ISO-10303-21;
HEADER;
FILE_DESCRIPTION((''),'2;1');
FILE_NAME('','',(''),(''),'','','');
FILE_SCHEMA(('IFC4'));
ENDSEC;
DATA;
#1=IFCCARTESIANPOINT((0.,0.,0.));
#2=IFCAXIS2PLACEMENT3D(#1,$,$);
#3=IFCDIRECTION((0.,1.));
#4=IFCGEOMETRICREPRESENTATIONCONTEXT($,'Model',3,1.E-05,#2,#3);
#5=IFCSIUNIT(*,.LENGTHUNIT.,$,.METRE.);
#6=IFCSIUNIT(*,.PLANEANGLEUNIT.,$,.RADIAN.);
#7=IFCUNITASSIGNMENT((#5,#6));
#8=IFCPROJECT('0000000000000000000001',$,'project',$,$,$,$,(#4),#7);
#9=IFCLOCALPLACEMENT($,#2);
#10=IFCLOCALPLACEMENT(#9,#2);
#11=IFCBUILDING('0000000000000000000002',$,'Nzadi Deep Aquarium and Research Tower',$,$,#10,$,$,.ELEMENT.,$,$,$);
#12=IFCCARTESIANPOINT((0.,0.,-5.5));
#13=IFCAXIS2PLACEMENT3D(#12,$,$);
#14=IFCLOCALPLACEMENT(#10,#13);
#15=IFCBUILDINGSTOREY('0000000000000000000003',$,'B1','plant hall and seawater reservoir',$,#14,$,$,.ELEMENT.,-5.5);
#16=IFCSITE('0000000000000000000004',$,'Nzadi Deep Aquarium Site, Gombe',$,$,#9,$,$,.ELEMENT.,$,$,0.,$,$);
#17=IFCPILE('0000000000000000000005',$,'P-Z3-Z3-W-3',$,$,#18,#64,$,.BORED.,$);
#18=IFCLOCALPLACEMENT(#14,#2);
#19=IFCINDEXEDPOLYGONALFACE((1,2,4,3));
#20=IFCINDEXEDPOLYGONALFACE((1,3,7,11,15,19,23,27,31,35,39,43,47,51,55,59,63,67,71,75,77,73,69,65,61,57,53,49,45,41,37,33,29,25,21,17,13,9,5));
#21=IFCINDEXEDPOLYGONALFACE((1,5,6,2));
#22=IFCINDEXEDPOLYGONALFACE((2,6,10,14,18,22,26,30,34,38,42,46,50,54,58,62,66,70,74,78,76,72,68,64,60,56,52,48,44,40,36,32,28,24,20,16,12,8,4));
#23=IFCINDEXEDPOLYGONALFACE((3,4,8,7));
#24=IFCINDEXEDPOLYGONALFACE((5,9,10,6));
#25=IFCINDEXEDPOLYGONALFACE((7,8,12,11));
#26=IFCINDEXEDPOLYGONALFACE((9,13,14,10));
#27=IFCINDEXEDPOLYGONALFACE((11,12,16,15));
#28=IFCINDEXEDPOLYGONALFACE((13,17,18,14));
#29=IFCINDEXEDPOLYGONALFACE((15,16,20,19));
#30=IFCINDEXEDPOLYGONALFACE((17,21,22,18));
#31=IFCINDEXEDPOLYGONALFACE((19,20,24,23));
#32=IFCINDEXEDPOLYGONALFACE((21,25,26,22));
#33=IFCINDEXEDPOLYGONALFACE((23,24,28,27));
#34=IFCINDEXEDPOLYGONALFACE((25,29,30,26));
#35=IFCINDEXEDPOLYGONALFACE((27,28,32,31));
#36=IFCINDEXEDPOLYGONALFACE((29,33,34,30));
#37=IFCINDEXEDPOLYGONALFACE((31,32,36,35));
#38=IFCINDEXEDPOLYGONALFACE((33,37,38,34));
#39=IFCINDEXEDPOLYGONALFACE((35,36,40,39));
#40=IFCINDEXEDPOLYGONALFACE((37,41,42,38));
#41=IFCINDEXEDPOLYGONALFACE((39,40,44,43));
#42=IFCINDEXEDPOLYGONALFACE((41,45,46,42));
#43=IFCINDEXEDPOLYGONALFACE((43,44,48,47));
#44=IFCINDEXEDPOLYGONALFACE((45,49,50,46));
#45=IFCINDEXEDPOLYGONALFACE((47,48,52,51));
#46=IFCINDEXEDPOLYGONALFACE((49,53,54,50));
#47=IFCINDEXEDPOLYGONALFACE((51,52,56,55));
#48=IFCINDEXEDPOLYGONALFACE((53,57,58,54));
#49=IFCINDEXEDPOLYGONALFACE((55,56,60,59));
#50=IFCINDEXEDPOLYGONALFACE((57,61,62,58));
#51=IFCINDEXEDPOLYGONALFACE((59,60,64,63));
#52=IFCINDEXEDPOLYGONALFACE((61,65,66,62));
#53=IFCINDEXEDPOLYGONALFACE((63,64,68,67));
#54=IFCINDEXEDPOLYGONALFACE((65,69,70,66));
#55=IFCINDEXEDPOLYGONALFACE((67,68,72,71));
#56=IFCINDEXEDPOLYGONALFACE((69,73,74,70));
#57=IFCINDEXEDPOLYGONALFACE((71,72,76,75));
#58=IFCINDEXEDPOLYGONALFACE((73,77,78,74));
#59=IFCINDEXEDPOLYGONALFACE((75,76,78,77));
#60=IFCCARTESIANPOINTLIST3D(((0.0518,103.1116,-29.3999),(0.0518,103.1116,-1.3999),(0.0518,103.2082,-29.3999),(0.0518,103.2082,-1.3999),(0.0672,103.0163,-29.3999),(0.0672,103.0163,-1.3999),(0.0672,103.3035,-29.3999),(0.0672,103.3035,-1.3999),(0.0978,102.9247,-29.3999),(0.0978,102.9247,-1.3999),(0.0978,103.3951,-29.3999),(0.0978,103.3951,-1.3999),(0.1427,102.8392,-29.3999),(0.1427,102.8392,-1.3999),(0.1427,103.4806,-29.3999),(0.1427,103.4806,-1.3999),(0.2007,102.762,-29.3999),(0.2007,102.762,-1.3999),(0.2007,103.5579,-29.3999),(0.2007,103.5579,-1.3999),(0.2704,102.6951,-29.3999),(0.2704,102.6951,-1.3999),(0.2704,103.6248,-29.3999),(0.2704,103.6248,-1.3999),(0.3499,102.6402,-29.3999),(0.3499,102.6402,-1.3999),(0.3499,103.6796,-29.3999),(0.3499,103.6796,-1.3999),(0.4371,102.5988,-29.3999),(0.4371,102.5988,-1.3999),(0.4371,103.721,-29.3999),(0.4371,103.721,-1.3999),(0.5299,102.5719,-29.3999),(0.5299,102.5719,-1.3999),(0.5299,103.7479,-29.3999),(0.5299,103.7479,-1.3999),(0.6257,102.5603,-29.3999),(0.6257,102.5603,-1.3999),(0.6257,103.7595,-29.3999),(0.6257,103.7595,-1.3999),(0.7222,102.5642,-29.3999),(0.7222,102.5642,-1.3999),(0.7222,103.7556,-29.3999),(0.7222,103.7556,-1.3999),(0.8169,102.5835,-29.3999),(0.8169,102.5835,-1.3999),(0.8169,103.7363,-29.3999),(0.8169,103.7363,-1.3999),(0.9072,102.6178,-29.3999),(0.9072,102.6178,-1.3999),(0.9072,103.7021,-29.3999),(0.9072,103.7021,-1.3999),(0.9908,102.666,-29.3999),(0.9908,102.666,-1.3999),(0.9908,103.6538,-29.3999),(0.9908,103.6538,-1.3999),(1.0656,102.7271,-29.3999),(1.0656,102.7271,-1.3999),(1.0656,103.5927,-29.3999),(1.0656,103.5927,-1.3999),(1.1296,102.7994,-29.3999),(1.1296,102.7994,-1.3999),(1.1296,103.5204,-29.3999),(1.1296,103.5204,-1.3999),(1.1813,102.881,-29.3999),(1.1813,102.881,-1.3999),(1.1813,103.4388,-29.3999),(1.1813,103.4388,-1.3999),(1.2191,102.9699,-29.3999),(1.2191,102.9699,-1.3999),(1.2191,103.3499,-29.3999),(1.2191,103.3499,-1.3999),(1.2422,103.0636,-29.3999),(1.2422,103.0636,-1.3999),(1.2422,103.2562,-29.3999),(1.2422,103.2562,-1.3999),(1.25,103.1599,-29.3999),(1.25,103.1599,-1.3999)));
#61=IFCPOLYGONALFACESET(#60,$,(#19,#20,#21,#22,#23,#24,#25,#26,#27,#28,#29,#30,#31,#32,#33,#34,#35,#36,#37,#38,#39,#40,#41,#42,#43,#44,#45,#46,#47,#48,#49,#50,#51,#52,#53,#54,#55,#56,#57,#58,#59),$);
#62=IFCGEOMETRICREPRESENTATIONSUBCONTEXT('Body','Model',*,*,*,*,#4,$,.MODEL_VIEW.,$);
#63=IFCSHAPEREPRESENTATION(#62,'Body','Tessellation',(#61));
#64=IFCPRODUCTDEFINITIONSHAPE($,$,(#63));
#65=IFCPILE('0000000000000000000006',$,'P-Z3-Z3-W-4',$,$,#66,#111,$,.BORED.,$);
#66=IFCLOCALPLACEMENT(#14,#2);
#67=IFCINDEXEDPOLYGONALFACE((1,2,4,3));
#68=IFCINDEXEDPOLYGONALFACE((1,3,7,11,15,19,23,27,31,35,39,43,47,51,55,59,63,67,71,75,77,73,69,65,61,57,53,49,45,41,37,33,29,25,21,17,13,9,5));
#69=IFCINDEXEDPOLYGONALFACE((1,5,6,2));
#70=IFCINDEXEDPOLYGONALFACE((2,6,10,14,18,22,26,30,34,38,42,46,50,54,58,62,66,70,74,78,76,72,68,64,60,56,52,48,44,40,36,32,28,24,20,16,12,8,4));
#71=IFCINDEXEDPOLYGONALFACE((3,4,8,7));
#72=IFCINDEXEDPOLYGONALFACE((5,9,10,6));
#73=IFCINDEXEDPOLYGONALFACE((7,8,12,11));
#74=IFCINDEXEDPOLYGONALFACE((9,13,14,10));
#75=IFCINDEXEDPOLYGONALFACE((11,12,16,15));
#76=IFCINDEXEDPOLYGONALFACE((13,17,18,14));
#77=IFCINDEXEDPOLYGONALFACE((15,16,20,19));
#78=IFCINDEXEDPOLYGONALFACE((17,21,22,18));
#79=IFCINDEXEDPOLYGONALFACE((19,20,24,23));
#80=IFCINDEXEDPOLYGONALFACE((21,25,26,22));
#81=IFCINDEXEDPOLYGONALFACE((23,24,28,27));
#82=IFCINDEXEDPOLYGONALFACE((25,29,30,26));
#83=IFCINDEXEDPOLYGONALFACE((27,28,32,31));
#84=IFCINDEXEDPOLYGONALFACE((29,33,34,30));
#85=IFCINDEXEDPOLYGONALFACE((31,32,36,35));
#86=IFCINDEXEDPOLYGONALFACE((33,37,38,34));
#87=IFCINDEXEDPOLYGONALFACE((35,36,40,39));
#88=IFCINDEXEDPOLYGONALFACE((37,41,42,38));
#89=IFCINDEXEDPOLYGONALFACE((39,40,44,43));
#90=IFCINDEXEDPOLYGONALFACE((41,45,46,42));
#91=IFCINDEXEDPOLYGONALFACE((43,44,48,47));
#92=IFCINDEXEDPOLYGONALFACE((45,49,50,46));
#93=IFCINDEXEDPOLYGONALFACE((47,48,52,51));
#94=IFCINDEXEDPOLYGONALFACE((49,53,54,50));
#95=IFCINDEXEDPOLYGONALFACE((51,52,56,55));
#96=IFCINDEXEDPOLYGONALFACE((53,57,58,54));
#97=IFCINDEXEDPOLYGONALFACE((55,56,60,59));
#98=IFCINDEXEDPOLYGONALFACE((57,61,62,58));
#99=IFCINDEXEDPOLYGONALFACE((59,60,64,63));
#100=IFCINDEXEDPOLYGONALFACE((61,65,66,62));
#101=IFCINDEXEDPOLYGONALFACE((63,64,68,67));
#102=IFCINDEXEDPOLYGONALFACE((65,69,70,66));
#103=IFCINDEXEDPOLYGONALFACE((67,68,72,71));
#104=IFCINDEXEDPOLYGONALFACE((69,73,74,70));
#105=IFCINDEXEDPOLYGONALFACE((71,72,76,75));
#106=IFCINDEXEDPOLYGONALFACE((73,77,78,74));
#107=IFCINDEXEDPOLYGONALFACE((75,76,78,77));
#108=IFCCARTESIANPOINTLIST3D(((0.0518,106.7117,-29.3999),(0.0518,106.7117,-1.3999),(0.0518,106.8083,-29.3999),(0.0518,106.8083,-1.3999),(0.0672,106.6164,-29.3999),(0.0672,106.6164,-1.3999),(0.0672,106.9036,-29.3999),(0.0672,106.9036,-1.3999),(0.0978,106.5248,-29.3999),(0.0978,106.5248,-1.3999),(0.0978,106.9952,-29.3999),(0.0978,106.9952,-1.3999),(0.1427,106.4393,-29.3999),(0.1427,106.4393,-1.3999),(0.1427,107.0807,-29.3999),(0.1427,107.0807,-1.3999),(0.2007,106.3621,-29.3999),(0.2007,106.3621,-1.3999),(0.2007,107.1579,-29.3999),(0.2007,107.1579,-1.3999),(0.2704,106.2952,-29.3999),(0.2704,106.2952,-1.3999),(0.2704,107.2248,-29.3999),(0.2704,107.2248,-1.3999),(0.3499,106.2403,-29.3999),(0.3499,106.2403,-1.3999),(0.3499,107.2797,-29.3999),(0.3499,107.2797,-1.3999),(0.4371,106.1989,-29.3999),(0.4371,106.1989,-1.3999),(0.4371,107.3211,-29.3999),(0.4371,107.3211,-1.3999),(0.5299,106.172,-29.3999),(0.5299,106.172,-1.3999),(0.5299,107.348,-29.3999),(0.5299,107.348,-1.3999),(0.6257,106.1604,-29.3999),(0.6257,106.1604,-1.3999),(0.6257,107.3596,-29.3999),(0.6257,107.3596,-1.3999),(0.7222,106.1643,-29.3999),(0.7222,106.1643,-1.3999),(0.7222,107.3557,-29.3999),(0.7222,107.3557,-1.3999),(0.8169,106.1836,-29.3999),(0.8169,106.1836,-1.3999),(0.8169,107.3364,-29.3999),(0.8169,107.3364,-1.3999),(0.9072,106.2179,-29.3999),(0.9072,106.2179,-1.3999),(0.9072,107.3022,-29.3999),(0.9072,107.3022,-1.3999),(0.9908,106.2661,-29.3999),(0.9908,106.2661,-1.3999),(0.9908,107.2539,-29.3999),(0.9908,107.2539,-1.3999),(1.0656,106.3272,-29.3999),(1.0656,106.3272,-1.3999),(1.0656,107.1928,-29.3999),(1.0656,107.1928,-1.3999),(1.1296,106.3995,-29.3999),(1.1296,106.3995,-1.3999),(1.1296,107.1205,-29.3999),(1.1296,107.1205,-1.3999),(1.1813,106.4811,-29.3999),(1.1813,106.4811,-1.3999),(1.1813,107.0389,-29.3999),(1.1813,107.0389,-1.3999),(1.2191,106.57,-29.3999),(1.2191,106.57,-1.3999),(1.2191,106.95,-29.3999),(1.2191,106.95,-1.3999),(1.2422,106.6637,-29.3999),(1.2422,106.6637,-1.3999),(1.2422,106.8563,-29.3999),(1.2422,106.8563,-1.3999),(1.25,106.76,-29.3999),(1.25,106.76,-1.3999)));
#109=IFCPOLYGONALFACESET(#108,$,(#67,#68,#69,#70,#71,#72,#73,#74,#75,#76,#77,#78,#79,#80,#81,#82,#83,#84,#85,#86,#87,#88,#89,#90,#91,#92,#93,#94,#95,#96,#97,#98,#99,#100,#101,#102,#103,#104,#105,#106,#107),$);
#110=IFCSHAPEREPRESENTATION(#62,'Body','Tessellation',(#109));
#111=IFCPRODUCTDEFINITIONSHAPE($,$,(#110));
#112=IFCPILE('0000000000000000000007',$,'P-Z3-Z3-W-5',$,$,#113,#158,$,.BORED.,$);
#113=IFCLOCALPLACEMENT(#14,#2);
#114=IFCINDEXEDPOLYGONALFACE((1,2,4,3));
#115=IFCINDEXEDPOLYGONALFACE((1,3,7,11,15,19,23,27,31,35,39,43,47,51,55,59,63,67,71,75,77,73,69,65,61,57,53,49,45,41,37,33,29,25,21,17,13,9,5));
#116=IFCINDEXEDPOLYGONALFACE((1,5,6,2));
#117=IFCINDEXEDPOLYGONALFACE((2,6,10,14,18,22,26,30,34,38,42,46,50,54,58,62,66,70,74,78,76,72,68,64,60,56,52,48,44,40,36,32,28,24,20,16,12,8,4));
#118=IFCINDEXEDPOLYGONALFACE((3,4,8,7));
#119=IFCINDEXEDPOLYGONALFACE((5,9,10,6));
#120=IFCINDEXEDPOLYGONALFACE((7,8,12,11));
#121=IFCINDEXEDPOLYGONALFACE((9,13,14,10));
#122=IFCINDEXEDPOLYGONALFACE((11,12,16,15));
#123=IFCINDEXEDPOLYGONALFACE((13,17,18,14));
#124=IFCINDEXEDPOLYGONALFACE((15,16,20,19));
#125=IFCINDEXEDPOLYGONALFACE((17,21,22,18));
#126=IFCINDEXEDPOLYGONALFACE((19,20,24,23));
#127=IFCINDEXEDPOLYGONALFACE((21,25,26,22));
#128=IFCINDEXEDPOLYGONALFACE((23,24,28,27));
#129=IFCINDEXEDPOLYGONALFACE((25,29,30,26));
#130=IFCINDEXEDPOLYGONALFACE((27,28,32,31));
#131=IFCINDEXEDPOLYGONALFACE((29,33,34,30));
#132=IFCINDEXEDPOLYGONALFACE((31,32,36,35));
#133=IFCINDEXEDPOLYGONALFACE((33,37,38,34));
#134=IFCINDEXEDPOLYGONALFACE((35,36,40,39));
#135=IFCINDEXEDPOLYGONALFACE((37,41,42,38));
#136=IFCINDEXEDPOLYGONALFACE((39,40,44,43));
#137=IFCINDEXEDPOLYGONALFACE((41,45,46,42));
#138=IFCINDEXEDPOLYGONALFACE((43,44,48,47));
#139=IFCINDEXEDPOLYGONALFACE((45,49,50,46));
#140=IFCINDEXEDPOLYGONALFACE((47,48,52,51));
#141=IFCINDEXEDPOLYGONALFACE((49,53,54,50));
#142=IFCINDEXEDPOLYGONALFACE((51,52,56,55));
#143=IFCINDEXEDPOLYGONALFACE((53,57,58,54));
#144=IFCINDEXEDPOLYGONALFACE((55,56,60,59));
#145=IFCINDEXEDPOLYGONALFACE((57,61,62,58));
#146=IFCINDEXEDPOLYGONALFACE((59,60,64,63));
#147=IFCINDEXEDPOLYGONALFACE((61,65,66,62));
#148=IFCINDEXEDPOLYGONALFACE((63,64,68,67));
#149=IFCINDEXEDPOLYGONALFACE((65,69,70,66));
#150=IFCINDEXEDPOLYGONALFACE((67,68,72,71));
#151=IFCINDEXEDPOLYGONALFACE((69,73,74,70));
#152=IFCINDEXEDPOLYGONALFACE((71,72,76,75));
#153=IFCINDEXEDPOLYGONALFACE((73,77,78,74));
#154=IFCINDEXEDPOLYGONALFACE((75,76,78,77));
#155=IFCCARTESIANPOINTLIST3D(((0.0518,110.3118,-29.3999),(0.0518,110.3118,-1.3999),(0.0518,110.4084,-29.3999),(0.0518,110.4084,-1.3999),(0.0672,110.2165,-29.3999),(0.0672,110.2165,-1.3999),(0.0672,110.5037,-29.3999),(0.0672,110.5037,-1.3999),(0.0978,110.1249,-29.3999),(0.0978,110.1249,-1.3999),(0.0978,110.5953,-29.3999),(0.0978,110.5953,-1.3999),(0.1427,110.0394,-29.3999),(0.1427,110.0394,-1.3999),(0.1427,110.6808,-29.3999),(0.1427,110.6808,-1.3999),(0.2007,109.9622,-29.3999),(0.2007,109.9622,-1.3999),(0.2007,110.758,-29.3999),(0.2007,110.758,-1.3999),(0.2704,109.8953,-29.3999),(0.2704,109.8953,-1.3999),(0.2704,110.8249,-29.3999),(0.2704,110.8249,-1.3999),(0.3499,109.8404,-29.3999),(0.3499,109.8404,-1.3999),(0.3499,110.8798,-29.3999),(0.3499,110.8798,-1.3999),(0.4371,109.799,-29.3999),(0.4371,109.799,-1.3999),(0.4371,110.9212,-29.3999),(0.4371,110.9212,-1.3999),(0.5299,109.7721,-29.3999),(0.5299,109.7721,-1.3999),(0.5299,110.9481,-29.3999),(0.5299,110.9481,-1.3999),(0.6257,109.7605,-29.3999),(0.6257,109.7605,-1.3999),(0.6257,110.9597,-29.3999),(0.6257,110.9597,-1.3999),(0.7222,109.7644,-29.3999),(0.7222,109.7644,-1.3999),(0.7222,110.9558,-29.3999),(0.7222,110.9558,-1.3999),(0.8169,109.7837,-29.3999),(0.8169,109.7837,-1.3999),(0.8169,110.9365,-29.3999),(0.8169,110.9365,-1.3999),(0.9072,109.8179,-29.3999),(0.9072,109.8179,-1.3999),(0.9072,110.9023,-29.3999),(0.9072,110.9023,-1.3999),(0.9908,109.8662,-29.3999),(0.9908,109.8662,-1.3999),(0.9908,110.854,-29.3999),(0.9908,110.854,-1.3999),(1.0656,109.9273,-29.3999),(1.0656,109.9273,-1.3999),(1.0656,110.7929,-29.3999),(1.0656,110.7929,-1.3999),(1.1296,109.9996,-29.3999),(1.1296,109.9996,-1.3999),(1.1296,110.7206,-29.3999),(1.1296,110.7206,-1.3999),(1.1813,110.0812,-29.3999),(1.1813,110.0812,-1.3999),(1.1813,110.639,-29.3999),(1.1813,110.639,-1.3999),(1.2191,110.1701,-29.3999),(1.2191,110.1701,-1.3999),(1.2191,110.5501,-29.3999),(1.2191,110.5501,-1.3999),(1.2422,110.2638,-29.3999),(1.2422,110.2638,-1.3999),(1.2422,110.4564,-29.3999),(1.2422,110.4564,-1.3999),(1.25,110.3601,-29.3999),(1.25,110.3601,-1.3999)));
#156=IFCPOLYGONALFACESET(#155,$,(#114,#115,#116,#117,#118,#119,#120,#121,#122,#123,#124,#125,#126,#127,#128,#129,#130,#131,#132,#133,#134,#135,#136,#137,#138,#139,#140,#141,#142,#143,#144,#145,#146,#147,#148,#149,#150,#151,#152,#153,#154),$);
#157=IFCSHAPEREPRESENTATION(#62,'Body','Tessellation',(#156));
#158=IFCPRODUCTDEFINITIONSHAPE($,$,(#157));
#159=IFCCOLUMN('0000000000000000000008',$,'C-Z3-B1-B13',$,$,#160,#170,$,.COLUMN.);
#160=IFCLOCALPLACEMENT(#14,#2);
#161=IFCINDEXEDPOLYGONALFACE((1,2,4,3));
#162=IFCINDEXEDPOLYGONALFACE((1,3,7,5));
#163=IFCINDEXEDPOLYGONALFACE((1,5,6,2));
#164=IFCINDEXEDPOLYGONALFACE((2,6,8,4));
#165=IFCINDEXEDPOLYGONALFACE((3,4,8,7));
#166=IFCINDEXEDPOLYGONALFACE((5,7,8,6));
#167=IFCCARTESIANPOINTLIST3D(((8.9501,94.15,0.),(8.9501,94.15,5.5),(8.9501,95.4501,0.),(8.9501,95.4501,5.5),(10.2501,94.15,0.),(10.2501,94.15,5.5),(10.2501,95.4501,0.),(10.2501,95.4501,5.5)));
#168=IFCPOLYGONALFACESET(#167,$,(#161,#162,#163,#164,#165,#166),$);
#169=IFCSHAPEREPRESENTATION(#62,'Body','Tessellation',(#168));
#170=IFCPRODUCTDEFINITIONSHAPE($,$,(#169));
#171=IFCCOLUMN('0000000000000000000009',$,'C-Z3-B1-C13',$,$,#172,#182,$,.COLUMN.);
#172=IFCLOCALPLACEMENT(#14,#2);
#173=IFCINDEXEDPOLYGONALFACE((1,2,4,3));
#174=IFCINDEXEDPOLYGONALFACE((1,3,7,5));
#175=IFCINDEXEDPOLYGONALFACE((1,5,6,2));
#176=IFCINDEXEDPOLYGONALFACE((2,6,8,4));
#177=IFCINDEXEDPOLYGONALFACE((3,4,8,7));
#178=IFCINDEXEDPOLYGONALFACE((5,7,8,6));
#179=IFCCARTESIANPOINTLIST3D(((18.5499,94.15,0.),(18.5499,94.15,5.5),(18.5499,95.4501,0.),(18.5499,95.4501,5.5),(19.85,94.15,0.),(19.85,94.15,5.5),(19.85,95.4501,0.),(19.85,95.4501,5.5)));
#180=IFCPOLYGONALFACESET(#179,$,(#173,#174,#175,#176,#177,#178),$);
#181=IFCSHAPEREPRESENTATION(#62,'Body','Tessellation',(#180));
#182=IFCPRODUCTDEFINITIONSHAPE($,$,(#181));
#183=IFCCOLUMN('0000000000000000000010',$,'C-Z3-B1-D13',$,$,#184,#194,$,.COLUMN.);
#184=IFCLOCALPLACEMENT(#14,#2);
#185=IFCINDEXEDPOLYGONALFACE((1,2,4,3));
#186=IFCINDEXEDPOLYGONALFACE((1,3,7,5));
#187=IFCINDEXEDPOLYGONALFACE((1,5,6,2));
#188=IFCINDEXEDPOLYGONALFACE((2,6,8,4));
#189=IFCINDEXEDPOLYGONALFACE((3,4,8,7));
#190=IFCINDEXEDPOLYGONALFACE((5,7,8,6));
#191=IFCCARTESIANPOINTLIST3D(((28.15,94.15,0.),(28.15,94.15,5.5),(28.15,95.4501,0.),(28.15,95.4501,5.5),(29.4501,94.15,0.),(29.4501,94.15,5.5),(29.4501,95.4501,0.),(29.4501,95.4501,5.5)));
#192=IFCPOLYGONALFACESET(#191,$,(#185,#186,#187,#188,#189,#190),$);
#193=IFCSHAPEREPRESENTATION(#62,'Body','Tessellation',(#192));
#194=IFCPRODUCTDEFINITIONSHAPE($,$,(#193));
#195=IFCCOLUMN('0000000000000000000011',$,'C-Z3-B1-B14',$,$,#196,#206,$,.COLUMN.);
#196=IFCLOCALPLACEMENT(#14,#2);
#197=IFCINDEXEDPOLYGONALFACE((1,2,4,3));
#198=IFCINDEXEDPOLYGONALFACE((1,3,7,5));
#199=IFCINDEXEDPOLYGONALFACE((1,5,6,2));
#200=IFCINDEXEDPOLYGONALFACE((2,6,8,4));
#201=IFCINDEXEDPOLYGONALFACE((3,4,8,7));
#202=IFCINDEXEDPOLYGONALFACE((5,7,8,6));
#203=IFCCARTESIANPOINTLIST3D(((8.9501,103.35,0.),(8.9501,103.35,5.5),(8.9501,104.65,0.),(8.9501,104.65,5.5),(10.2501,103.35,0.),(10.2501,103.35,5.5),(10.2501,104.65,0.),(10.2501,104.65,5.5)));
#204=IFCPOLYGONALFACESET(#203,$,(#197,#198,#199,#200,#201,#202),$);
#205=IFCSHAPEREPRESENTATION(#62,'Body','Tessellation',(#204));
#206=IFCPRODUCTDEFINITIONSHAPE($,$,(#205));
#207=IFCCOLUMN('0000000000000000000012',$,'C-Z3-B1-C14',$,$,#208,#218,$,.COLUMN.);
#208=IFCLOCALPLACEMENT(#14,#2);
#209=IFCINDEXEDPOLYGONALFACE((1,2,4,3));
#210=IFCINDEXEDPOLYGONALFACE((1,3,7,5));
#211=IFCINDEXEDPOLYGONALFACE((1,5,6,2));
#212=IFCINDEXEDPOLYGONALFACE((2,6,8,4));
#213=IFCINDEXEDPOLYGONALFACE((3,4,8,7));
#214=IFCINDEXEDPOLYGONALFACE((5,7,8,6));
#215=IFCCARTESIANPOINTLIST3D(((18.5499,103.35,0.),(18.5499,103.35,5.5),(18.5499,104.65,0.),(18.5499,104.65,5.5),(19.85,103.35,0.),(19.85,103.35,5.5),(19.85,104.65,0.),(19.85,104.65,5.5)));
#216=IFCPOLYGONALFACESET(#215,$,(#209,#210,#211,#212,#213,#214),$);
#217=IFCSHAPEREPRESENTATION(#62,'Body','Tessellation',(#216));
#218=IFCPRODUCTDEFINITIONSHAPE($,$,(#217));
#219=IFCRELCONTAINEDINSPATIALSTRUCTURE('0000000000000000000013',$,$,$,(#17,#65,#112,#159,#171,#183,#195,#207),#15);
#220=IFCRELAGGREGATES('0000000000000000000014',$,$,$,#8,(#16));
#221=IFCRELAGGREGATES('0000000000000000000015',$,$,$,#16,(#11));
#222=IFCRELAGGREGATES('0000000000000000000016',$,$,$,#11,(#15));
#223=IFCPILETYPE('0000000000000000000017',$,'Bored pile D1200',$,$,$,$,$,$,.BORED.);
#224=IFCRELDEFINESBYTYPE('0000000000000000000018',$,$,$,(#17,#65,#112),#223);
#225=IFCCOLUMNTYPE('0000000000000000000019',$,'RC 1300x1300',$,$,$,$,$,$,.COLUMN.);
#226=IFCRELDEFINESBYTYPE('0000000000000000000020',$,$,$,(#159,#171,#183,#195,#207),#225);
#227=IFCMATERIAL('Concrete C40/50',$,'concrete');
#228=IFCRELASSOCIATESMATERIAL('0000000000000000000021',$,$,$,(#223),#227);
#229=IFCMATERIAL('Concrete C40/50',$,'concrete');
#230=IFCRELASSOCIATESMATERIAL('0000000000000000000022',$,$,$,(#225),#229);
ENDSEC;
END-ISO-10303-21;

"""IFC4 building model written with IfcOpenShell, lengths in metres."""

from ifc_helpers import new_model, si_unit, direction, frame, origin, origin_2d, place, context, subcontext, project, spatial, rectangle, circle, extrude, material, material_profile, profile_set, type_object, element, save


model = new_model("IFC4")

# Units and contexts
model_context = context("Model", 3, precision=1e-05, world=origin(), true_north=direction((0.0, 1.0)))
body_context = subcontext(model_context, "Body", "Model", "MODEL_VIEW")
ifc_project = project(units=[si_unit("LENGTHUNIT", "METRE"), si_unit("PLANEANGLEUNIT", "RADIAN")], contexts=[model_context])

# Site, building, storey
site_placement = place(None, origin())
site = spatial("IfcSite", under=ifc_project, at=site_placement, Name="Nzadi Deep Aquarium Site, Gombe", CompositionType="ELEMENT", RefElevation=0.0)
building_placement = place(site_placement, origin())
building = spatial("IfcBuilding", under=site, at=building_placement, Name="Nzadi Deep Aquarium and Research Tower", CompositionType="ELEMENT")
storey_placement = place(building_placement, frame((0.0, 0.0, -5.5)))
storey = spatial("IfcBuildingStorey", under=building, at=storey_placement, Name="B1", Description="plant hall and seawater reservoir", CompositionType="ELEMENT", Elevation=-5.5)

# Piles
ifc_material_1 = material(Name="Concrete C40/50", Category="concrete")
ifc_material_profile_1 = material_profile(ifc_material_1, circle(Radius=0.6001, at=origin_2d()))
ifc_profile_set_1 = profile_set([ifc_material_profile_1], Name="Concrete C40/50")
pile_type_1 = type_object("IfcPileType", Name="Bored pile D1200", PredefinedType="BORED", material=ifc_profile_set_1)
for number, where, z_axis, x_axis, name in (
    (1, (0.6499, 103.1599, -1.3999), (0.0, 0.0, -1.0), (1.0, 0.0, 0.0), "P-Z3-Z3-W-3"),
    (2, (0.6499, 106.76, -1.3999), (0.0, 0.0, -1.0), (1.0, 0.0, 0.0), "P-Z3-Z3-W-4"),
    (3, (0.6499, 110.3601, -1.3999), (0.0, 0.0, -1.0), (1.0, 0.0, 0.0), "P-Z3-Z3-W-5"),
):
    element("IfcPile", number, at=place(storey_placement, frame(where, z_axis=z_axis, x_axis=x_axis)), inside=storey, type_object=pile_type_1, Name=name, PredefinedType="BORED", context=body_context, shape_type="SweptSolid", body=[
        extrude(circle(Radius=0.6001, at=origin_2d()), origin(), (0.0, 0.0, 1.0), 28.0),
    ])

# Columns
ifc_material_2 = material(Name="Concrete C40/50", Category="concrete")
ifc_material_profile_2 = material_profile(ifc_material_2, rectangle(XDim=1.3, YDim=1.3, at=origin_2d()))
ifc_profile_set_2 = profile_set([ifc_material_profile_2], Name="Concrete C40/50")
column_type = type_object("IfcColumnType", Name="RC 1300x1300", PredefinedType="COLUMN", material=ifc_profile_set_2)
for number, where, z_axis, x_axis, name in (
    (4, (9.6001, 94.8, 0.0), (0.0, 0.0, 1.0), (1.0, 0.0, 0.0), "C-Z3-B1-B13"),
    (5, (19.2, 94.8, 0.0), (0.0, 0.0, 1.0), (1.0, 0.0, 0.0), "C-Z3-B1-C13"),
    (6, (28.8, 94.8, 0.0), (0.0, 0.0, 1.0), (1.0, 0.0, 0.0), "C-Z3-B1-D13"),
    (7, (9.6001, 104.0, 0.0), (0.0, 0.0, 1.0), (1.0, 0.0, 0.0), "C-Z3-B1-B14"),
    (8, (19.2, 104.0, 0.0), (0.0, 0.0, 1.0), (1.0, 0.0, 0.0), "C-Z3-B1-C14"),
):
    element("IfcColumn", number, at=place(storey_placement, frame(where, z_axis=z_axis, x_axis=x_axis)), inside=storey, type_object=column_type, Name=name, PredefinedType="COLUMN", context=body_context, shape_type="SweptSolid", body=[
        extrude(rectangle(XDim=1.3, YDim=1.3, at=origin_2d()), origin(), (0.0, 0.0, 1.0), 5.5),
    ])

save(model, "model.ifc")
